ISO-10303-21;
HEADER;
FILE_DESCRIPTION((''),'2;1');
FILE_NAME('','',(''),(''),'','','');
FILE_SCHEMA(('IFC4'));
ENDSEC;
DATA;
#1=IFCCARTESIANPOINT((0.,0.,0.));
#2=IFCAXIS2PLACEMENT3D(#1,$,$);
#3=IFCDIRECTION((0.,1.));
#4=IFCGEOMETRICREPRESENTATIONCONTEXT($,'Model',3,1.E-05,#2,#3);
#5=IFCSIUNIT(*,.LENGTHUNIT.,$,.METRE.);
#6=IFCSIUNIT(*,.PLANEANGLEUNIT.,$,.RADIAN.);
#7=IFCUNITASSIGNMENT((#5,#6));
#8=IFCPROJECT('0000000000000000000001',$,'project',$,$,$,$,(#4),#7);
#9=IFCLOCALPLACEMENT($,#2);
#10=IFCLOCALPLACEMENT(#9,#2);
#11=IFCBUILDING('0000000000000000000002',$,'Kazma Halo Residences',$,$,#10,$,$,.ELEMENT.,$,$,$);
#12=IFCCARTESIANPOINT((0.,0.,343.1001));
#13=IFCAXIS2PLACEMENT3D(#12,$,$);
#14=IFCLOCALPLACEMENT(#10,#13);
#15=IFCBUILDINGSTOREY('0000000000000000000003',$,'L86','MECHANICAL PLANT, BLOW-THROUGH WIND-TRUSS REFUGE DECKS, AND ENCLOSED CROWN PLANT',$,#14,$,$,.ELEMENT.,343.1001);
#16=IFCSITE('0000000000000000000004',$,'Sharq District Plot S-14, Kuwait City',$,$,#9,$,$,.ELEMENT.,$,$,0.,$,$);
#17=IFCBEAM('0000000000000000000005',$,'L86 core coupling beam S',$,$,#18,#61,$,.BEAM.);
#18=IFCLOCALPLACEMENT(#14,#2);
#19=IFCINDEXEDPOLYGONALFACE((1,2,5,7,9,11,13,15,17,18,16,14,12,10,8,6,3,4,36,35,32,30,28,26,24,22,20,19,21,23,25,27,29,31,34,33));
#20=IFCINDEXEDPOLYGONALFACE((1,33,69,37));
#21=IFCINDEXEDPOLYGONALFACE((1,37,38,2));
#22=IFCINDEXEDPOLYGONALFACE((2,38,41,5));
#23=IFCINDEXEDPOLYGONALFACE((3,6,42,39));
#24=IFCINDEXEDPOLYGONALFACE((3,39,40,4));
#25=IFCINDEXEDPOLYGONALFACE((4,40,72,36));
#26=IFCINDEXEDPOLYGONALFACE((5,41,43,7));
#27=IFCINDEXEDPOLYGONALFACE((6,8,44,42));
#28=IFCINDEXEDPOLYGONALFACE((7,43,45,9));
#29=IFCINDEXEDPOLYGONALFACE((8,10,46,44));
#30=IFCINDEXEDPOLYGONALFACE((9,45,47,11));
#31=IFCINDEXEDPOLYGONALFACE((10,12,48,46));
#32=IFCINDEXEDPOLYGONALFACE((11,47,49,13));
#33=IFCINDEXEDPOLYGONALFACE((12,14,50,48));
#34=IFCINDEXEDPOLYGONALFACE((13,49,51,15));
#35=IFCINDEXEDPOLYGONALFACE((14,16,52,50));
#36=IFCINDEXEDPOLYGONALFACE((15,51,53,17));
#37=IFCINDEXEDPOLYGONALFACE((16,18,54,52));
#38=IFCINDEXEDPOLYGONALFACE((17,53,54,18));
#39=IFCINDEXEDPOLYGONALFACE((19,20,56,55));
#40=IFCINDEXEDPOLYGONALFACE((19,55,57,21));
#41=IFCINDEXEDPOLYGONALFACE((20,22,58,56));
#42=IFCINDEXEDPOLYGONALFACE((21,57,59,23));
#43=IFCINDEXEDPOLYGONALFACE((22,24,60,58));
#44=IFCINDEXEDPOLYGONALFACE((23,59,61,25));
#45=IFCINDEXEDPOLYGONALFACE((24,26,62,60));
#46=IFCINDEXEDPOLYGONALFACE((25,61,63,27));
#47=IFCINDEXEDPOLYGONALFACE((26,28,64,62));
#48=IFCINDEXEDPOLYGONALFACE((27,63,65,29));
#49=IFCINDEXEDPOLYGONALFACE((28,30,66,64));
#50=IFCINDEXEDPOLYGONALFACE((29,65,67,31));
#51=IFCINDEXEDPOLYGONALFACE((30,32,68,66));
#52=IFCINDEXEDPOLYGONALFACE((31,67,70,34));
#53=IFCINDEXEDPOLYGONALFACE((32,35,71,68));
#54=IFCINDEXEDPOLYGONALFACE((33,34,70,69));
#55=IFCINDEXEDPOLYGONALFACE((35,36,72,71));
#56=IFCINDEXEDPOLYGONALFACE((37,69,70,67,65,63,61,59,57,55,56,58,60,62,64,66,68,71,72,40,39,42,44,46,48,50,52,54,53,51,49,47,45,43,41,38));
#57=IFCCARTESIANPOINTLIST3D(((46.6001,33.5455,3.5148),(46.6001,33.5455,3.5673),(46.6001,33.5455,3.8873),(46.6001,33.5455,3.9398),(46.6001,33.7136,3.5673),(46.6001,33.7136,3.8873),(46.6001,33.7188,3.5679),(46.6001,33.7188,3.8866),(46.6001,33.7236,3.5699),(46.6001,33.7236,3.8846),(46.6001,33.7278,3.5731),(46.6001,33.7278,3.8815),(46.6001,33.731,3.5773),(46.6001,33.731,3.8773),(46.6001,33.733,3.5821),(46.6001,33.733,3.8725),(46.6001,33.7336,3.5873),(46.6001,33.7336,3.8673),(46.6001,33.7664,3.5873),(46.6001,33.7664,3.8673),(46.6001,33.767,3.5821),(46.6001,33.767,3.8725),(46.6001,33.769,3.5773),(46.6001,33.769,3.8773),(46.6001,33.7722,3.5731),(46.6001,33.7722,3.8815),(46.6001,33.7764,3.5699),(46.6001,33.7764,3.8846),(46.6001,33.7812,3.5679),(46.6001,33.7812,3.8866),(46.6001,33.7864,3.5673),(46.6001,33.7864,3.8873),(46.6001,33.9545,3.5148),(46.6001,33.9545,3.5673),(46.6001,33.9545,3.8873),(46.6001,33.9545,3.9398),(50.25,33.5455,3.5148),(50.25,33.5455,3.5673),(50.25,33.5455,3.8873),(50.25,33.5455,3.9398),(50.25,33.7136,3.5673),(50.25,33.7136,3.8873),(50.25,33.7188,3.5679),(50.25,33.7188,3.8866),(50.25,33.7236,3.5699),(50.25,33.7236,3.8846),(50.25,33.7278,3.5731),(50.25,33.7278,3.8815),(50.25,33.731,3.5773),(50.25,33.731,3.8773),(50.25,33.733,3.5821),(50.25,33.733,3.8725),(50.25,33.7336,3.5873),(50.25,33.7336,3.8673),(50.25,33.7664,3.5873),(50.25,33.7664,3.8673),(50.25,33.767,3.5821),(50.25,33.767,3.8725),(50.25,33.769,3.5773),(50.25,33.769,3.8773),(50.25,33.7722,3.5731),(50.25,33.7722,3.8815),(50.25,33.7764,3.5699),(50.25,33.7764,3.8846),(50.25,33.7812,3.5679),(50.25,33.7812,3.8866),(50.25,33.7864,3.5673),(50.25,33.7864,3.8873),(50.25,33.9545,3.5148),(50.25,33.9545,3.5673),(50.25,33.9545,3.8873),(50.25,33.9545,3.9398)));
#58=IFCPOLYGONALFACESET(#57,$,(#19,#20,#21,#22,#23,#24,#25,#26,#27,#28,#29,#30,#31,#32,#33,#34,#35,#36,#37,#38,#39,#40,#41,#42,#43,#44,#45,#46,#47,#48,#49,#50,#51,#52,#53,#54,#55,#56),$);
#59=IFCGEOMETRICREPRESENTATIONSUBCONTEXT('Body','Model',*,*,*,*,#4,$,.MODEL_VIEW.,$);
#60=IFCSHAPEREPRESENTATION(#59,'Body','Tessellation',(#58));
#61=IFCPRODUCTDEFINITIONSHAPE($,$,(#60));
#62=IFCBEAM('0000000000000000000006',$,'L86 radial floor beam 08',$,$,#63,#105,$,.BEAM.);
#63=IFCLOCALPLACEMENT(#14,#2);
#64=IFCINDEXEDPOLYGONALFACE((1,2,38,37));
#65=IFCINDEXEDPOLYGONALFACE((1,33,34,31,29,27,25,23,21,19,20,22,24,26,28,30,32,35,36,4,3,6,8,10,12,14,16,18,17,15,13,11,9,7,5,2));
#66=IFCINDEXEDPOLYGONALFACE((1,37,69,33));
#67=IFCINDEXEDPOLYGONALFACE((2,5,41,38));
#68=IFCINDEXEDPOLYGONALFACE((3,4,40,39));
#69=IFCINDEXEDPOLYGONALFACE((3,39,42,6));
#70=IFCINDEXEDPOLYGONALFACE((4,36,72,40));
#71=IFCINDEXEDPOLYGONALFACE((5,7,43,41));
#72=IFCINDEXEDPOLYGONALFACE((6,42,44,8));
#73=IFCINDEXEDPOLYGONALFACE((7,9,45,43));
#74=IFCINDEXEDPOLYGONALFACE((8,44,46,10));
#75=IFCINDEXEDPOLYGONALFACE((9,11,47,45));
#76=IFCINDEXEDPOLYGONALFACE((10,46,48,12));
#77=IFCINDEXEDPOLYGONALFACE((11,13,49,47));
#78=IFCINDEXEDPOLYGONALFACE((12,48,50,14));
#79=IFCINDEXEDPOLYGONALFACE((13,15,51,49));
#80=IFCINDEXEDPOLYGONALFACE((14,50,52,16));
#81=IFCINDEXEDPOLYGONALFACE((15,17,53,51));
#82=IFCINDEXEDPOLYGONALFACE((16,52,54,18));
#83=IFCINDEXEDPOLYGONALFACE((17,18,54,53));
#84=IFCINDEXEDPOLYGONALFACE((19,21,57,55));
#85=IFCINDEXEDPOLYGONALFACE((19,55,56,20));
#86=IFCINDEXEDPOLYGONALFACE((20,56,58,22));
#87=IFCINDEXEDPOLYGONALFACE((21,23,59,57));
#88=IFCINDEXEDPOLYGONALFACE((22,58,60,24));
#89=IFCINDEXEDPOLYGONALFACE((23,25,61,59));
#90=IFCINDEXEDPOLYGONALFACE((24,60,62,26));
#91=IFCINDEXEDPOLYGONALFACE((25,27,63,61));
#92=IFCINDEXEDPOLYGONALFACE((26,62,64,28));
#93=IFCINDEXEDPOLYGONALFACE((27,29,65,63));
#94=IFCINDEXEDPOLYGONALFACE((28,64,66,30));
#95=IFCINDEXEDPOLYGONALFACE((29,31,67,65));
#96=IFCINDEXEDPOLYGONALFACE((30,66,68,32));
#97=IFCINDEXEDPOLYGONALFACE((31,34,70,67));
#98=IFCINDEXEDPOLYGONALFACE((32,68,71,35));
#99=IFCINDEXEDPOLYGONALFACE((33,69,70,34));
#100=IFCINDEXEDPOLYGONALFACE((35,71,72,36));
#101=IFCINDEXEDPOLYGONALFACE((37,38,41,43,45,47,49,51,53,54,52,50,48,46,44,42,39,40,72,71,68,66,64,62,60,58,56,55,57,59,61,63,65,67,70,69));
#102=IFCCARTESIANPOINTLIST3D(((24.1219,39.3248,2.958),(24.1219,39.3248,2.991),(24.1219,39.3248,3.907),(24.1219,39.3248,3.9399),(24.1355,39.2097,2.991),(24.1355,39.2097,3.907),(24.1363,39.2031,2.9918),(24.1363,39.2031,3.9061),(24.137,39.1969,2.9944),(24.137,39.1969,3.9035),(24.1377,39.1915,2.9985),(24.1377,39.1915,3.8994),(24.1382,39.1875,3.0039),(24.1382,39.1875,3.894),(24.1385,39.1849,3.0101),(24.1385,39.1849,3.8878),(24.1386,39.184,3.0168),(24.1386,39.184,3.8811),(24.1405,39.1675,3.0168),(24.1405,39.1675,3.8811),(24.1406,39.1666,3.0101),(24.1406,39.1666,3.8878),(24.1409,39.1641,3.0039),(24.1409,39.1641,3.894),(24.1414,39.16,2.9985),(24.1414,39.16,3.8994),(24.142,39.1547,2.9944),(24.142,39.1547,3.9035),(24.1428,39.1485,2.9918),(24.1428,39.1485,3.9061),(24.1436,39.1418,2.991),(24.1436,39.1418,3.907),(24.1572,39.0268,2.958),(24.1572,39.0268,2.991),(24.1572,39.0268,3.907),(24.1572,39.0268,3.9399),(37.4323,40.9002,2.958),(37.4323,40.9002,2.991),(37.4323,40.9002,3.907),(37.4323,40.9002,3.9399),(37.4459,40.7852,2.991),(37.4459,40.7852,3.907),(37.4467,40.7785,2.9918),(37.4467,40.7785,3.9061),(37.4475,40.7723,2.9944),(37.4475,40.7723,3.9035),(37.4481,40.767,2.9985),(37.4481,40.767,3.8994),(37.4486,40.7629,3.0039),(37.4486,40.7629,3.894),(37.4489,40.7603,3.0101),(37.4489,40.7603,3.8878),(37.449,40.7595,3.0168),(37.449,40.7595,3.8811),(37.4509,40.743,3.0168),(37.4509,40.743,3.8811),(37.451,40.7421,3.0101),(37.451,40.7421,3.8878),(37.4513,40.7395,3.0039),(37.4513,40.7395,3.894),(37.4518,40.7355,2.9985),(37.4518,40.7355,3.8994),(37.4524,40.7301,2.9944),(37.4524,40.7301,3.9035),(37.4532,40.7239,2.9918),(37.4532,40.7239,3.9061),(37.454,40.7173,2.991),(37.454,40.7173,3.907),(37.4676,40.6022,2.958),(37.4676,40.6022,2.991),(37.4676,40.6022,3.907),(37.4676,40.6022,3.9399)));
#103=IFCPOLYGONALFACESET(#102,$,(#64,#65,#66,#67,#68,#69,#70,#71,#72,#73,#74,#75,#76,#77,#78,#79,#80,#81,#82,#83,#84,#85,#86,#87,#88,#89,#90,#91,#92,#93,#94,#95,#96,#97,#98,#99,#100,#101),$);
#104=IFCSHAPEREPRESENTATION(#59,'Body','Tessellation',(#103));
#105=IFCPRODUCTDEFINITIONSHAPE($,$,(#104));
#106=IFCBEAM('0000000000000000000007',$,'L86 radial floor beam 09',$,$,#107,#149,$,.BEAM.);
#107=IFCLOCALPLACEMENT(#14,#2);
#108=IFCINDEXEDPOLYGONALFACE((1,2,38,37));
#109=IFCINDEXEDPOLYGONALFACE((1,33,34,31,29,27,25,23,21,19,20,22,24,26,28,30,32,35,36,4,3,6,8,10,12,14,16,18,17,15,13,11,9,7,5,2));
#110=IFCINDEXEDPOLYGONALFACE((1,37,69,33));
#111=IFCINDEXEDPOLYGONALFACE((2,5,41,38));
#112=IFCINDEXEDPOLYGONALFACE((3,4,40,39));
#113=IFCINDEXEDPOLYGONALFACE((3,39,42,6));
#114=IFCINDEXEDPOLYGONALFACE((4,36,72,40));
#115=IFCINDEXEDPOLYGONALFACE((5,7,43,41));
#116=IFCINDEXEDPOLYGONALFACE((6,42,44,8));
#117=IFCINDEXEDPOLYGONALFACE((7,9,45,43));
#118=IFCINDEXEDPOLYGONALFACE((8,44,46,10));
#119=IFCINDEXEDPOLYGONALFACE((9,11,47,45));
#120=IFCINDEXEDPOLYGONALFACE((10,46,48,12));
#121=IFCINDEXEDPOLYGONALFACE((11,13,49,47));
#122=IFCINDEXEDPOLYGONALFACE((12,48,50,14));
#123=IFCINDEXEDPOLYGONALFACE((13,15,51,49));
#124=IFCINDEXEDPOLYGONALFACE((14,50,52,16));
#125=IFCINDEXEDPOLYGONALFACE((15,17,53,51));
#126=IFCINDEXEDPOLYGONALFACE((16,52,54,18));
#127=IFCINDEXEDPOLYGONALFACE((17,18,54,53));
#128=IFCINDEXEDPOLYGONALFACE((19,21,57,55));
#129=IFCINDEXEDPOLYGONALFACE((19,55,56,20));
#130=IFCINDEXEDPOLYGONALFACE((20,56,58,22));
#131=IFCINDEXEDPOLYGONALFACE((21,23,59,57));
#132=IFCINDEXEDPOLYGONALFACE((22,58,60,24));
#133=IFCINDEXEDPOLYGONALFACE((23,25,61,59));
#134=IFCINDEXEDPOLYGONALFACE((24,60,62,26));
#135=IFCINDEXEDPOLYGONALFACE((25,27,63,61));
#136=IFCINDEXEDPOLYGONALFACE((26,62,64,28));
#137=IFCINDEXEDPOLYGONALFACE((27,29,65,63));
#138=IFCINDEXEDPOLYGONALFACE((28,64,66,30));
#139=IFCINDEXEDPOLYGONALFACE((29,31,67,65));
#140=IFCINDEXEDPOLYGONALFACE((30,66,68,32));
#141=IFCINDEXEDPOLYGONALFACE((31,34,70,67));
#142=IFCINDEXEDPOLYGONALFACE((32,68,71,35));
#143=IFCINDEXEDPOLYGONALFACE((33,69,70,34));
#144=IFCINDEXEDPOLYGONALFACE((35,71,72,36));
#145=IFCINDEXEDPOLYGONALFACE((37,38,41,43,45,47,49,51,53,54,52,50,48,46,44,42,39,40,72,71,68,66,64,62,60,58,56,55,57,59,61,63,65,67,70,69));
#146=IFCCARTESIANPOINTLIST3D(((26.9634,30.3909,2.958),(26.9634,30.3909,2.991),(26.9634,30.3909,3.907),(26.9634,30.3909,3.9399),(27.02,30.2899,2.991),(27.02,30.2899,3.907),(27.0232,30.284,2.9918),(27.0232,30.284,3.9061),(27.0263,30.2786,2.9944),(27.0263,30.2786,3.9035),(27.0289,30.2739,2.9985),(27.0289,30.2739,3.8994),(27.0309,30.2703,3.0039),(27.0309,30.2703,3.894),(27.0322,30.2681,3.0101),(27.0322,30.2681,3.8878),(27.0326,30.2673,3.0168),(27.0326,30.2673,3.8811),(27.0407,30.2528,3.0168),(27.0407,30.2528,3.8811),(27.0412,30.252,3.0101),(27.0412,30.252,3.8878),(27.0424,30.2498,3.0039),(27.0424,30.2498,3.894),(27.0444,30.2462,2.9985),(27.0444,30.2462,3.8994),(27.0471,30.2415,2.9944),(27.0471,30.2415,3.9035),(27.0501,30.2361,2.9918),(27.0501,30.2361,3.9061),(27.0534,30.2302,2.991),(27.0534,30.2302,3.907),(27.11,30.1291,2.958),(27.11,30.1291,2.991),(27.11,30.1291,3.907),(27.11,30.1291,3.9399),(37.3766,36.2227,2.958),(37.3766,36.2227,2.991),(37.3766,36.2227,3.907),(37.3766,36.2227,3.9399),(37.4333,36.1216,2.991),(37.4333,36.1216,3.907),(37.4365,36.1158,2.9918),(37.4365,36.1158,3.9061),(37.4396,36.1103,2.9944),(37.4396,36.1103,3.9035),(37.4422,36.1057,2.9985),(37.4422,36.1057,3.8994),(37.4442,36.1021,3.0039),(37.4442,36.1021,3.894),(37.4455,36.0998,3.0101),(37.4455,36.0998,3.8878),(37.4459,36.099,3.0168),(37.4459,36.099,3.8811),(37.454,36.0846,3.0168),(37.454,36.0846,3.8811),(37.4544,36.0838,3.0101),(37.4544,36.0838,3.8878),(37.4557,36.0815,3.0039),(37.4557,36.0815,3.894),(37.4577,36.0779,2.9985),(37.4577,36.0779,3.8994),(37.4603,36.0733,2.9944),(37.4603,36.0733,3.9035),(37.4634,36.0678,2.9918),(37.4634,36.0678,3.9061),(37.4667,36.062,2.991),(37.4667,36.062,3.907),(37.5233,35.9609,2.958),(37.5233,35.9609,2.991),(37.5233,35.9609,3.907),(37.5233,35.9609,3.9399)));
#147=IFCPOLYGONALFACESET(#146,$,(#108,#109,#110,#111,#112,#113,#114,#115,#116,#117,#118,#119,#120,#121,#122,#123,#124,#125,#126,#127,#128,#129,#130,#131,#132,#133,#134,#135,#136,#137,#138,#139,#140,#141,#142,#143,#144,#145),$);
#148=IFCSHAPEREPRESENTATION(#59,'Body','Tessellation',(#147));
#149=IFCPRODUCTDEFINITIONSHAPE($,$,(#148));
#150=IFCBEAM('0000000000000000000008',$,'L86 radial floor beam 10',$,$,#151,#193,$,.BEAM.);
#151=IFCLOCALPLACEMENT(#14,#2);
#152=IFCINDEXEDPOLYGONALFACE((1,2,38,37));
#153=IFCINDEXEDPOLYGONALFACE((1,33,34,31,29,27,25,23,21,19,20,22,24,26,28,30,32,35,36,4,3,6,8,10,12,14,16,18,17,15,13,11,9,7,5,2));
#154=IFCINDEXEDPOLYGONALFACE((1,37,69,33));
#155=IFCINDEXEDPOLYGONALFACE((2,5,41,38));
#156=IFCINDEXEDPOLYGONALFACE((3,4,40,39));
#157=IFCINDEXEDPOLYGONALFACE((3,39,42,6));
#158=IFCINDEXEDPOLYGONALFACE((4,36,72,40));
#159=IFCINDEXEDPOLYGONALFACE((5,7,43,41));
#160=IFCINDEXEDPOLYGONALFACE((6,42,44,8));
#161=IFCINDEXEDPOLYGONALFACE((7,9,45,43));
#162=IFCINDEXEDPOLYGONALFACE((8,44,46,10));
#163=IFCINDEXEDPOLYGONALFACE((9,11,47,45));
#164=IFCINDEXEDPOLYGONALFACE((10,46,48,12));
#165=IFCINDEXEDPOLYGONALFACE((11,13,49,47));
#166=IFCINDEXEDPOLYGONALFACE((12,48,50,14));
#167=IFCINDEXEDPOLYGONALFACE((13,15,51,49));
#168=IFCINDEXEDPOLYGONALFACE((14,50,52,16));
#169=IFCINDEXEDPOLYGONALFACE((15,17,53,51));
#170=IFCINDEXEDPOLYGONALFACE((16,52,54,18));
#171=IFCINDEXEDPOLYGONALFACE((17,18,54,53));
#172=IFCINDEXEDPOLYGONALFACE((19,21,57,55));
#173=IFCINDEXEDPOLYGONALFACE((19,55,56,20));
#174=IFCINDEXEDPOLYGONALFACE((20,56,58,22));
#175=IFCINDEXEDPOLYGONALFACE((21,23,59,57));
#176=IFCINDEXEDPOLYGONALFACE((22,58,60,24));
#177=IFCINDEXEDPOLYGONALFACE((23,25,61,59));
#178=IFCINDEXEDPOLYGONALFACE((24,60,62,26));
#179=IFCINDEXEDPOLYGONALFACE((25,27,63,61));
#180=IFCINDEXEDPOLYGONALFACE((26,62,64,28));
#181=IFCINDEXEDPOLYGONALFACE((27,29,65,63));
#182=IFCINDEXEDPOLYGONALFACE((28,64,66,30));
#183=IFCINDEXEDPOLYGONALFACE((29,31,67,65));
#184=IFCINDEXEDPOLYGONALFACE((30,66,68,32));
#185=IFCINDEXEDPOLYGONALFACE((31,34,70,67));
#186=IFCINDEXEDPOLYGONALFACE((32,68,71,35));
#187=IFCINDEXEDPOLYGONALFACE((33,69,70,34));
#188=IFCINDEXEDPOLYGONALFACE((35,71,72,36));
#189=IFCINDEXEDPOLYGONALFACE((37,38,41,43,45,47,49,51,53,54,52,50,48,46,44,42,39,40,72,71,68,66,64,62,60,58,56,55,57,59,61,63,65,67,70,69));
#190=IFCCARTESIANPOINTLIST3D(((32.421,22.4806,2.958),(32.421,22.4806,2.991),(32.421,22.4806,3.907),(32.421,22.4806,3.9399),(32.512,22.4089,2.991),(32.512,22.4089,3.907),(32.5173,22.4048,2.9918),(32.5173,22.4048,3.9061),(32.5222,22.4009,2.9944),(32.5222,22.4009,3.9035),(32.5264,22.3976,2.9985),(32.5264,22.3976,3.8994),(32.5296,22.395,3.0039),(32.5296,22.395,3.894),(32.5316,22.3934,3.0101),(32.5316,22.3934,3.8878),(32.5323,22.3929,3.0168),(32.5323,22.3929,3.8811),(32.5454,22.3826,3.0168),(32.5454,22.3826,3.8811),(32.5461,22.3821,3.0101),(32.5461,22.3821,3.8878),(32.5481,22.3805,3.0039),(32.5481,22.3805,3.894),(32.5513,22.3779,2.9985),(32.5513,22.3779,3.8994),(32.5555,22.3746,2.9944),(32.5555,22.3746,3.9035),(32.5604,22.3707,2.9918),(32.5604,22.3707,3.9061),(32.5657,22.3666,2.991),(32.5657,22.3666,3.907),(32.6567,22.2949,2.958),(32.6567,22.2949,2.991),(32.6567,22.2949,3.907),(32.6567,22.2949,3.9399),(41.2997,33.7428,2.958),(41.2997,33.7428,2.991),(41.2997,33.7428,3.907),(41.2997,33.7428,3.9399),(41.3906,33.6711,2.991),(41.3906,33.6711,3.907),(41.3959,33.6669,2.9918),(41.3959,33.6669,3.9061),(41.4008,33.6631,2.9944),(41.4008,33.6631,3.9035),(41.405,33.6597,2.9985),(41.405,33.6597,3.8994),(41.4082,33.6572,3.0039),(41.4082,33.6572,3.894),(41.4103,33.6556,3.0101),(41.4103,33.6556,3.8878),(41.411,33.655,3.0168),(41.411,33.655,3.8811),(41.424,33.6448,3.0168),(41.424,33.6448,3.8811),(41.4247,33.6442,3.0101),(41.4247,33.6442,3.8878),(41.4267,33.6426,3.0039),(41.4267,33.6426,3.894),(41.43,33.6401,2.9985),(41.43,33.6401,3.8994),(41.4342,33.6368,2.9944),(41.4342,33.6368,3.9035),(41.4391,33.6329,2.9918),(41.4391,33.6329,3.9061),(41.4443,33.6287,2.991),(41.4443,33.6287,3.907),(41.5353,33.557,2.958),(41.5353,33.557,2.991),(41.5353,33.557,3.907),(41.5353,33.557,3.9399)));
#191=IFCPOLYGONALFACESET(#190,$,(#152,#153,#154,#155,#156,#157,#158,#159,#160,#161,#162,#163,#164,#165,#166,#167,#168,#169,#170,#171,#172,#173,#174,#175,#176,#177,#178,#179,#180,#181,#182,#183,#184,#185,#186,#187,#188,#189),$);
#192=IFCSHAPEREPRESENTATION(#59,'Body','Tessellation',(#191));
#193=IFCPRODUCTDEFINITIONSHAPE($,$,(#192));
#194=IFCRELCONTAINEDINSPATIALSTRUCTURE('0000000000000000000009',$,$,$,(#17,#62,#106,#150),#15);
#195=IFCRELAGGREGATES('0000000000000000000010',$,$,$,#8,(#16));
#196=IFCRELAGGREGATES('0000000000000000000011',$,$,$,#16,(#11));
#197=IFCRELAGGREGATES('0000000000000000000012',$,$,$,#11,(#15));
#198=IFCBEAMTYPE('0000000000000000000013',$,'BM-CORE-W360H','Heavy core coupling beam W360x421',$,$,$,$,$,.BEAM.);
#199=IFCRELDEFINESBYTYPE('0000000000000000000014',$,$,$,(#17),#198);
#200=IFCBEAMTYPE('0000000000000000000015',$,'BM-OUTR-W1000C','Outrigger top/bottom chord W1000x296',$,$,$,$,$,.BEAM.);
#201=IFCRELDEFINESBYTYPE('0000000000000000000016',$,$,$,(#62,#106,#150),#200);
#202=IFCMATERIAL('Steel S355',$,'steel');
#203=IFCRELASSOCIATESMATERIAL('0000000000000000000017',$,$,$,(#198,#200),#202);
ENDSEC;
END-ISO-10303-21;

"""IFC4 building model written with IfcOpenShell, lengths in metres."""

from ifc_helpers import new_model, si_unit, direction, frame, origin, origin_2d, place, context, subcontext, project, spatial, i_section, extrude, material, material_profile, profile_set, type_object, element, save


model = new_model("IFC4")

# Units and contexts
model_context = context("Model", 3, precision=1e-05, world=origin(), true_north=direction((0.0, 1.0)))
body_context = subcontext(model_context, "Body", "Model", "MODEL_VIEW")
ifc_project = project(units=[si_unit("LENGTHUNIT", "METRE"), si_unit("PLANEANGLEUNIT", "RADIAN")], contexts=[model_context])

# Site, building, storey
site_placement = place(None, origin())
site = spatial("IfcSite", under=ifc_project, at=site_placement, Name="Sharq District Plot S-14, Kuwait City", CompositionType="ELEMENT", RefElevation=0.0)
building_placement = place(site_placement, origin())
building = spatial("IfcBuilding", under=site, at=building_placement, Name="Kazma Halo Residences", CompositionType="ELEMENT")
storey_placement = place(building_placement, frame((0.0, 0.0, 343.1001)))
storey = spatial("IfcBuildingStorey", under=building, at=storey_placement, Name="L86", Description="MECHANICAL PLANT, BLOW-THROUGH WIND-TRUSS REFUGE DECKS, AND ENCLOSED CROWN PLANT", CompositionType="ELEMENT", Elevation=343.1001)

# Beams
ifc_material_1 = material(Name="Steel S355", Category="steel")
ifc_material_profile_1 = material_profile(ifc_material_1, i_section(OverallWidth=0.4089, OverallDepth=0.425, WebThickness=0.0327, FlangeThickness=0.0525, FilletRadius=0.02, at=origin_2d()), Name="W360x421")
ifc_profile_set_1 = profile_set([ifc_material_profile_1], Name="Steel S355")
beam_type_1 = type_object("IfcBeamType", Name="BM-CORE-W360H", Description="Heavy core coupling beam W360x421", PredefinedType="BEAM", material=ifc_profile_set_1)
beam_1_placement = place(storey_placement, frame((46.6001, 33.75, 3.7273), z_axis=(1.0, 0.0, 0.0), x_axis=(0.0, 1.0, 0.0)))
element("IfcBeam", 1, at=beam_1_placement, inside=storey, type_object=beam_type_1, Name="L86 core coupling beam S", PredefinedType="BEAM", context=body_context, shape_type="SweptSolid", body=[
    extrude(i_section(OverallWidth=0.4089, OverallDepth=0.425, WebThickness=0.0327, FlangeThickness=0.0525, FilletRadius=0.02, at=origin_2d()), origin(), (0.0, 0.0, 1.0), 3.6499),
])
ifc_material_profile_2 = material_profile(ifc_material_1, i_section(OverallWidth=0.3, OverallDepth=0.9819, WebThickness=0.0166, FlangeThickness=0.033, FilletRadius=0.0259, at=origin_2d()), Name="W1000x296")
ifc_profile_set_2 = profile_set([ifc_material_profile_2], Name="Steel S355")
beam_type_2 = type_object("IfcBeamType", Name="BM-OUTR-W1000C", Description="Outrigger top/bottom chord W1000x296", PredefinedType="BEAM", material=ifc_profile_set_2)
beam_2_placement = place(storey_placement, frame((37.45, 40.7512, 3.449), z_axis=(-0.993068, -0.117542, 0.0), x_axis=(0.117542, -0.993068, 0.0)))
element("IfcBeam", 2, at=beam_2_placement, inside=storey, type_object=beam_type_2, Name="L86 radial floor beam 08", PredefinedType="BEAM", context=body_context, shape_type="SweptSolid", body=[
    extrude(i_section(OverallWidth=0.3, OverallDepth=0.9819, WebThickness=0.0166, FlangeThickness=0.033, FilletRadius=0.0259, at=origin_2d()), origin(), (0.0, 0.0, 1.0), 13.4033),
])
beam_3_placement = place(storey_placement, frame((37.45, 36.0918, 3.449), z_axis=(-0.872495, -0.488624, 0.0), x_axis=(0.488624, -0.872495, 0.0)))
element("IfcBeam", 3, at=beam_3_placement, inside=storey, type_object=beam_type_2, Name="L86 radial floor beam 09", PredefinedType="BEAM", context=body_context, shape_type="SweptSolid", body=[
    extrude(i_section(OverallWidth=0.3, OverallDepth=0.9819, WebThickness=0.0166, FlangeThickness=0.033, FilletRadius=0.0259, at=origin_2d()), origin(), (0.0, 0.0, 1.0), 11.9351),
])
beam_4_placement = place(storey_placement, frame((41.4175, 33.6499, 3.449), z_axis=(-0.619105, -0.785308, 0.0), x_axis=(0.785308, -0.619105, 0.0)))
element("IfcBeam", 4, at=beam_4_placement, inside=storey, type_object=beam_type_2, Name="L86 radial floor beam 10", PredefinedType="BEAM", context=body_context, shape_type="SweptSolid", body=[
    extrude(i_section(OverallWidth=0.3, OverallDepth=0.9819, WebThickness=0.0166, FlangeThickness=0.033, FilletRadius=0.0259, at=origin_2d()), origin(), (0.0, 0.0, 1.0), 14.3411),
])

save(model, "model.ifc")
